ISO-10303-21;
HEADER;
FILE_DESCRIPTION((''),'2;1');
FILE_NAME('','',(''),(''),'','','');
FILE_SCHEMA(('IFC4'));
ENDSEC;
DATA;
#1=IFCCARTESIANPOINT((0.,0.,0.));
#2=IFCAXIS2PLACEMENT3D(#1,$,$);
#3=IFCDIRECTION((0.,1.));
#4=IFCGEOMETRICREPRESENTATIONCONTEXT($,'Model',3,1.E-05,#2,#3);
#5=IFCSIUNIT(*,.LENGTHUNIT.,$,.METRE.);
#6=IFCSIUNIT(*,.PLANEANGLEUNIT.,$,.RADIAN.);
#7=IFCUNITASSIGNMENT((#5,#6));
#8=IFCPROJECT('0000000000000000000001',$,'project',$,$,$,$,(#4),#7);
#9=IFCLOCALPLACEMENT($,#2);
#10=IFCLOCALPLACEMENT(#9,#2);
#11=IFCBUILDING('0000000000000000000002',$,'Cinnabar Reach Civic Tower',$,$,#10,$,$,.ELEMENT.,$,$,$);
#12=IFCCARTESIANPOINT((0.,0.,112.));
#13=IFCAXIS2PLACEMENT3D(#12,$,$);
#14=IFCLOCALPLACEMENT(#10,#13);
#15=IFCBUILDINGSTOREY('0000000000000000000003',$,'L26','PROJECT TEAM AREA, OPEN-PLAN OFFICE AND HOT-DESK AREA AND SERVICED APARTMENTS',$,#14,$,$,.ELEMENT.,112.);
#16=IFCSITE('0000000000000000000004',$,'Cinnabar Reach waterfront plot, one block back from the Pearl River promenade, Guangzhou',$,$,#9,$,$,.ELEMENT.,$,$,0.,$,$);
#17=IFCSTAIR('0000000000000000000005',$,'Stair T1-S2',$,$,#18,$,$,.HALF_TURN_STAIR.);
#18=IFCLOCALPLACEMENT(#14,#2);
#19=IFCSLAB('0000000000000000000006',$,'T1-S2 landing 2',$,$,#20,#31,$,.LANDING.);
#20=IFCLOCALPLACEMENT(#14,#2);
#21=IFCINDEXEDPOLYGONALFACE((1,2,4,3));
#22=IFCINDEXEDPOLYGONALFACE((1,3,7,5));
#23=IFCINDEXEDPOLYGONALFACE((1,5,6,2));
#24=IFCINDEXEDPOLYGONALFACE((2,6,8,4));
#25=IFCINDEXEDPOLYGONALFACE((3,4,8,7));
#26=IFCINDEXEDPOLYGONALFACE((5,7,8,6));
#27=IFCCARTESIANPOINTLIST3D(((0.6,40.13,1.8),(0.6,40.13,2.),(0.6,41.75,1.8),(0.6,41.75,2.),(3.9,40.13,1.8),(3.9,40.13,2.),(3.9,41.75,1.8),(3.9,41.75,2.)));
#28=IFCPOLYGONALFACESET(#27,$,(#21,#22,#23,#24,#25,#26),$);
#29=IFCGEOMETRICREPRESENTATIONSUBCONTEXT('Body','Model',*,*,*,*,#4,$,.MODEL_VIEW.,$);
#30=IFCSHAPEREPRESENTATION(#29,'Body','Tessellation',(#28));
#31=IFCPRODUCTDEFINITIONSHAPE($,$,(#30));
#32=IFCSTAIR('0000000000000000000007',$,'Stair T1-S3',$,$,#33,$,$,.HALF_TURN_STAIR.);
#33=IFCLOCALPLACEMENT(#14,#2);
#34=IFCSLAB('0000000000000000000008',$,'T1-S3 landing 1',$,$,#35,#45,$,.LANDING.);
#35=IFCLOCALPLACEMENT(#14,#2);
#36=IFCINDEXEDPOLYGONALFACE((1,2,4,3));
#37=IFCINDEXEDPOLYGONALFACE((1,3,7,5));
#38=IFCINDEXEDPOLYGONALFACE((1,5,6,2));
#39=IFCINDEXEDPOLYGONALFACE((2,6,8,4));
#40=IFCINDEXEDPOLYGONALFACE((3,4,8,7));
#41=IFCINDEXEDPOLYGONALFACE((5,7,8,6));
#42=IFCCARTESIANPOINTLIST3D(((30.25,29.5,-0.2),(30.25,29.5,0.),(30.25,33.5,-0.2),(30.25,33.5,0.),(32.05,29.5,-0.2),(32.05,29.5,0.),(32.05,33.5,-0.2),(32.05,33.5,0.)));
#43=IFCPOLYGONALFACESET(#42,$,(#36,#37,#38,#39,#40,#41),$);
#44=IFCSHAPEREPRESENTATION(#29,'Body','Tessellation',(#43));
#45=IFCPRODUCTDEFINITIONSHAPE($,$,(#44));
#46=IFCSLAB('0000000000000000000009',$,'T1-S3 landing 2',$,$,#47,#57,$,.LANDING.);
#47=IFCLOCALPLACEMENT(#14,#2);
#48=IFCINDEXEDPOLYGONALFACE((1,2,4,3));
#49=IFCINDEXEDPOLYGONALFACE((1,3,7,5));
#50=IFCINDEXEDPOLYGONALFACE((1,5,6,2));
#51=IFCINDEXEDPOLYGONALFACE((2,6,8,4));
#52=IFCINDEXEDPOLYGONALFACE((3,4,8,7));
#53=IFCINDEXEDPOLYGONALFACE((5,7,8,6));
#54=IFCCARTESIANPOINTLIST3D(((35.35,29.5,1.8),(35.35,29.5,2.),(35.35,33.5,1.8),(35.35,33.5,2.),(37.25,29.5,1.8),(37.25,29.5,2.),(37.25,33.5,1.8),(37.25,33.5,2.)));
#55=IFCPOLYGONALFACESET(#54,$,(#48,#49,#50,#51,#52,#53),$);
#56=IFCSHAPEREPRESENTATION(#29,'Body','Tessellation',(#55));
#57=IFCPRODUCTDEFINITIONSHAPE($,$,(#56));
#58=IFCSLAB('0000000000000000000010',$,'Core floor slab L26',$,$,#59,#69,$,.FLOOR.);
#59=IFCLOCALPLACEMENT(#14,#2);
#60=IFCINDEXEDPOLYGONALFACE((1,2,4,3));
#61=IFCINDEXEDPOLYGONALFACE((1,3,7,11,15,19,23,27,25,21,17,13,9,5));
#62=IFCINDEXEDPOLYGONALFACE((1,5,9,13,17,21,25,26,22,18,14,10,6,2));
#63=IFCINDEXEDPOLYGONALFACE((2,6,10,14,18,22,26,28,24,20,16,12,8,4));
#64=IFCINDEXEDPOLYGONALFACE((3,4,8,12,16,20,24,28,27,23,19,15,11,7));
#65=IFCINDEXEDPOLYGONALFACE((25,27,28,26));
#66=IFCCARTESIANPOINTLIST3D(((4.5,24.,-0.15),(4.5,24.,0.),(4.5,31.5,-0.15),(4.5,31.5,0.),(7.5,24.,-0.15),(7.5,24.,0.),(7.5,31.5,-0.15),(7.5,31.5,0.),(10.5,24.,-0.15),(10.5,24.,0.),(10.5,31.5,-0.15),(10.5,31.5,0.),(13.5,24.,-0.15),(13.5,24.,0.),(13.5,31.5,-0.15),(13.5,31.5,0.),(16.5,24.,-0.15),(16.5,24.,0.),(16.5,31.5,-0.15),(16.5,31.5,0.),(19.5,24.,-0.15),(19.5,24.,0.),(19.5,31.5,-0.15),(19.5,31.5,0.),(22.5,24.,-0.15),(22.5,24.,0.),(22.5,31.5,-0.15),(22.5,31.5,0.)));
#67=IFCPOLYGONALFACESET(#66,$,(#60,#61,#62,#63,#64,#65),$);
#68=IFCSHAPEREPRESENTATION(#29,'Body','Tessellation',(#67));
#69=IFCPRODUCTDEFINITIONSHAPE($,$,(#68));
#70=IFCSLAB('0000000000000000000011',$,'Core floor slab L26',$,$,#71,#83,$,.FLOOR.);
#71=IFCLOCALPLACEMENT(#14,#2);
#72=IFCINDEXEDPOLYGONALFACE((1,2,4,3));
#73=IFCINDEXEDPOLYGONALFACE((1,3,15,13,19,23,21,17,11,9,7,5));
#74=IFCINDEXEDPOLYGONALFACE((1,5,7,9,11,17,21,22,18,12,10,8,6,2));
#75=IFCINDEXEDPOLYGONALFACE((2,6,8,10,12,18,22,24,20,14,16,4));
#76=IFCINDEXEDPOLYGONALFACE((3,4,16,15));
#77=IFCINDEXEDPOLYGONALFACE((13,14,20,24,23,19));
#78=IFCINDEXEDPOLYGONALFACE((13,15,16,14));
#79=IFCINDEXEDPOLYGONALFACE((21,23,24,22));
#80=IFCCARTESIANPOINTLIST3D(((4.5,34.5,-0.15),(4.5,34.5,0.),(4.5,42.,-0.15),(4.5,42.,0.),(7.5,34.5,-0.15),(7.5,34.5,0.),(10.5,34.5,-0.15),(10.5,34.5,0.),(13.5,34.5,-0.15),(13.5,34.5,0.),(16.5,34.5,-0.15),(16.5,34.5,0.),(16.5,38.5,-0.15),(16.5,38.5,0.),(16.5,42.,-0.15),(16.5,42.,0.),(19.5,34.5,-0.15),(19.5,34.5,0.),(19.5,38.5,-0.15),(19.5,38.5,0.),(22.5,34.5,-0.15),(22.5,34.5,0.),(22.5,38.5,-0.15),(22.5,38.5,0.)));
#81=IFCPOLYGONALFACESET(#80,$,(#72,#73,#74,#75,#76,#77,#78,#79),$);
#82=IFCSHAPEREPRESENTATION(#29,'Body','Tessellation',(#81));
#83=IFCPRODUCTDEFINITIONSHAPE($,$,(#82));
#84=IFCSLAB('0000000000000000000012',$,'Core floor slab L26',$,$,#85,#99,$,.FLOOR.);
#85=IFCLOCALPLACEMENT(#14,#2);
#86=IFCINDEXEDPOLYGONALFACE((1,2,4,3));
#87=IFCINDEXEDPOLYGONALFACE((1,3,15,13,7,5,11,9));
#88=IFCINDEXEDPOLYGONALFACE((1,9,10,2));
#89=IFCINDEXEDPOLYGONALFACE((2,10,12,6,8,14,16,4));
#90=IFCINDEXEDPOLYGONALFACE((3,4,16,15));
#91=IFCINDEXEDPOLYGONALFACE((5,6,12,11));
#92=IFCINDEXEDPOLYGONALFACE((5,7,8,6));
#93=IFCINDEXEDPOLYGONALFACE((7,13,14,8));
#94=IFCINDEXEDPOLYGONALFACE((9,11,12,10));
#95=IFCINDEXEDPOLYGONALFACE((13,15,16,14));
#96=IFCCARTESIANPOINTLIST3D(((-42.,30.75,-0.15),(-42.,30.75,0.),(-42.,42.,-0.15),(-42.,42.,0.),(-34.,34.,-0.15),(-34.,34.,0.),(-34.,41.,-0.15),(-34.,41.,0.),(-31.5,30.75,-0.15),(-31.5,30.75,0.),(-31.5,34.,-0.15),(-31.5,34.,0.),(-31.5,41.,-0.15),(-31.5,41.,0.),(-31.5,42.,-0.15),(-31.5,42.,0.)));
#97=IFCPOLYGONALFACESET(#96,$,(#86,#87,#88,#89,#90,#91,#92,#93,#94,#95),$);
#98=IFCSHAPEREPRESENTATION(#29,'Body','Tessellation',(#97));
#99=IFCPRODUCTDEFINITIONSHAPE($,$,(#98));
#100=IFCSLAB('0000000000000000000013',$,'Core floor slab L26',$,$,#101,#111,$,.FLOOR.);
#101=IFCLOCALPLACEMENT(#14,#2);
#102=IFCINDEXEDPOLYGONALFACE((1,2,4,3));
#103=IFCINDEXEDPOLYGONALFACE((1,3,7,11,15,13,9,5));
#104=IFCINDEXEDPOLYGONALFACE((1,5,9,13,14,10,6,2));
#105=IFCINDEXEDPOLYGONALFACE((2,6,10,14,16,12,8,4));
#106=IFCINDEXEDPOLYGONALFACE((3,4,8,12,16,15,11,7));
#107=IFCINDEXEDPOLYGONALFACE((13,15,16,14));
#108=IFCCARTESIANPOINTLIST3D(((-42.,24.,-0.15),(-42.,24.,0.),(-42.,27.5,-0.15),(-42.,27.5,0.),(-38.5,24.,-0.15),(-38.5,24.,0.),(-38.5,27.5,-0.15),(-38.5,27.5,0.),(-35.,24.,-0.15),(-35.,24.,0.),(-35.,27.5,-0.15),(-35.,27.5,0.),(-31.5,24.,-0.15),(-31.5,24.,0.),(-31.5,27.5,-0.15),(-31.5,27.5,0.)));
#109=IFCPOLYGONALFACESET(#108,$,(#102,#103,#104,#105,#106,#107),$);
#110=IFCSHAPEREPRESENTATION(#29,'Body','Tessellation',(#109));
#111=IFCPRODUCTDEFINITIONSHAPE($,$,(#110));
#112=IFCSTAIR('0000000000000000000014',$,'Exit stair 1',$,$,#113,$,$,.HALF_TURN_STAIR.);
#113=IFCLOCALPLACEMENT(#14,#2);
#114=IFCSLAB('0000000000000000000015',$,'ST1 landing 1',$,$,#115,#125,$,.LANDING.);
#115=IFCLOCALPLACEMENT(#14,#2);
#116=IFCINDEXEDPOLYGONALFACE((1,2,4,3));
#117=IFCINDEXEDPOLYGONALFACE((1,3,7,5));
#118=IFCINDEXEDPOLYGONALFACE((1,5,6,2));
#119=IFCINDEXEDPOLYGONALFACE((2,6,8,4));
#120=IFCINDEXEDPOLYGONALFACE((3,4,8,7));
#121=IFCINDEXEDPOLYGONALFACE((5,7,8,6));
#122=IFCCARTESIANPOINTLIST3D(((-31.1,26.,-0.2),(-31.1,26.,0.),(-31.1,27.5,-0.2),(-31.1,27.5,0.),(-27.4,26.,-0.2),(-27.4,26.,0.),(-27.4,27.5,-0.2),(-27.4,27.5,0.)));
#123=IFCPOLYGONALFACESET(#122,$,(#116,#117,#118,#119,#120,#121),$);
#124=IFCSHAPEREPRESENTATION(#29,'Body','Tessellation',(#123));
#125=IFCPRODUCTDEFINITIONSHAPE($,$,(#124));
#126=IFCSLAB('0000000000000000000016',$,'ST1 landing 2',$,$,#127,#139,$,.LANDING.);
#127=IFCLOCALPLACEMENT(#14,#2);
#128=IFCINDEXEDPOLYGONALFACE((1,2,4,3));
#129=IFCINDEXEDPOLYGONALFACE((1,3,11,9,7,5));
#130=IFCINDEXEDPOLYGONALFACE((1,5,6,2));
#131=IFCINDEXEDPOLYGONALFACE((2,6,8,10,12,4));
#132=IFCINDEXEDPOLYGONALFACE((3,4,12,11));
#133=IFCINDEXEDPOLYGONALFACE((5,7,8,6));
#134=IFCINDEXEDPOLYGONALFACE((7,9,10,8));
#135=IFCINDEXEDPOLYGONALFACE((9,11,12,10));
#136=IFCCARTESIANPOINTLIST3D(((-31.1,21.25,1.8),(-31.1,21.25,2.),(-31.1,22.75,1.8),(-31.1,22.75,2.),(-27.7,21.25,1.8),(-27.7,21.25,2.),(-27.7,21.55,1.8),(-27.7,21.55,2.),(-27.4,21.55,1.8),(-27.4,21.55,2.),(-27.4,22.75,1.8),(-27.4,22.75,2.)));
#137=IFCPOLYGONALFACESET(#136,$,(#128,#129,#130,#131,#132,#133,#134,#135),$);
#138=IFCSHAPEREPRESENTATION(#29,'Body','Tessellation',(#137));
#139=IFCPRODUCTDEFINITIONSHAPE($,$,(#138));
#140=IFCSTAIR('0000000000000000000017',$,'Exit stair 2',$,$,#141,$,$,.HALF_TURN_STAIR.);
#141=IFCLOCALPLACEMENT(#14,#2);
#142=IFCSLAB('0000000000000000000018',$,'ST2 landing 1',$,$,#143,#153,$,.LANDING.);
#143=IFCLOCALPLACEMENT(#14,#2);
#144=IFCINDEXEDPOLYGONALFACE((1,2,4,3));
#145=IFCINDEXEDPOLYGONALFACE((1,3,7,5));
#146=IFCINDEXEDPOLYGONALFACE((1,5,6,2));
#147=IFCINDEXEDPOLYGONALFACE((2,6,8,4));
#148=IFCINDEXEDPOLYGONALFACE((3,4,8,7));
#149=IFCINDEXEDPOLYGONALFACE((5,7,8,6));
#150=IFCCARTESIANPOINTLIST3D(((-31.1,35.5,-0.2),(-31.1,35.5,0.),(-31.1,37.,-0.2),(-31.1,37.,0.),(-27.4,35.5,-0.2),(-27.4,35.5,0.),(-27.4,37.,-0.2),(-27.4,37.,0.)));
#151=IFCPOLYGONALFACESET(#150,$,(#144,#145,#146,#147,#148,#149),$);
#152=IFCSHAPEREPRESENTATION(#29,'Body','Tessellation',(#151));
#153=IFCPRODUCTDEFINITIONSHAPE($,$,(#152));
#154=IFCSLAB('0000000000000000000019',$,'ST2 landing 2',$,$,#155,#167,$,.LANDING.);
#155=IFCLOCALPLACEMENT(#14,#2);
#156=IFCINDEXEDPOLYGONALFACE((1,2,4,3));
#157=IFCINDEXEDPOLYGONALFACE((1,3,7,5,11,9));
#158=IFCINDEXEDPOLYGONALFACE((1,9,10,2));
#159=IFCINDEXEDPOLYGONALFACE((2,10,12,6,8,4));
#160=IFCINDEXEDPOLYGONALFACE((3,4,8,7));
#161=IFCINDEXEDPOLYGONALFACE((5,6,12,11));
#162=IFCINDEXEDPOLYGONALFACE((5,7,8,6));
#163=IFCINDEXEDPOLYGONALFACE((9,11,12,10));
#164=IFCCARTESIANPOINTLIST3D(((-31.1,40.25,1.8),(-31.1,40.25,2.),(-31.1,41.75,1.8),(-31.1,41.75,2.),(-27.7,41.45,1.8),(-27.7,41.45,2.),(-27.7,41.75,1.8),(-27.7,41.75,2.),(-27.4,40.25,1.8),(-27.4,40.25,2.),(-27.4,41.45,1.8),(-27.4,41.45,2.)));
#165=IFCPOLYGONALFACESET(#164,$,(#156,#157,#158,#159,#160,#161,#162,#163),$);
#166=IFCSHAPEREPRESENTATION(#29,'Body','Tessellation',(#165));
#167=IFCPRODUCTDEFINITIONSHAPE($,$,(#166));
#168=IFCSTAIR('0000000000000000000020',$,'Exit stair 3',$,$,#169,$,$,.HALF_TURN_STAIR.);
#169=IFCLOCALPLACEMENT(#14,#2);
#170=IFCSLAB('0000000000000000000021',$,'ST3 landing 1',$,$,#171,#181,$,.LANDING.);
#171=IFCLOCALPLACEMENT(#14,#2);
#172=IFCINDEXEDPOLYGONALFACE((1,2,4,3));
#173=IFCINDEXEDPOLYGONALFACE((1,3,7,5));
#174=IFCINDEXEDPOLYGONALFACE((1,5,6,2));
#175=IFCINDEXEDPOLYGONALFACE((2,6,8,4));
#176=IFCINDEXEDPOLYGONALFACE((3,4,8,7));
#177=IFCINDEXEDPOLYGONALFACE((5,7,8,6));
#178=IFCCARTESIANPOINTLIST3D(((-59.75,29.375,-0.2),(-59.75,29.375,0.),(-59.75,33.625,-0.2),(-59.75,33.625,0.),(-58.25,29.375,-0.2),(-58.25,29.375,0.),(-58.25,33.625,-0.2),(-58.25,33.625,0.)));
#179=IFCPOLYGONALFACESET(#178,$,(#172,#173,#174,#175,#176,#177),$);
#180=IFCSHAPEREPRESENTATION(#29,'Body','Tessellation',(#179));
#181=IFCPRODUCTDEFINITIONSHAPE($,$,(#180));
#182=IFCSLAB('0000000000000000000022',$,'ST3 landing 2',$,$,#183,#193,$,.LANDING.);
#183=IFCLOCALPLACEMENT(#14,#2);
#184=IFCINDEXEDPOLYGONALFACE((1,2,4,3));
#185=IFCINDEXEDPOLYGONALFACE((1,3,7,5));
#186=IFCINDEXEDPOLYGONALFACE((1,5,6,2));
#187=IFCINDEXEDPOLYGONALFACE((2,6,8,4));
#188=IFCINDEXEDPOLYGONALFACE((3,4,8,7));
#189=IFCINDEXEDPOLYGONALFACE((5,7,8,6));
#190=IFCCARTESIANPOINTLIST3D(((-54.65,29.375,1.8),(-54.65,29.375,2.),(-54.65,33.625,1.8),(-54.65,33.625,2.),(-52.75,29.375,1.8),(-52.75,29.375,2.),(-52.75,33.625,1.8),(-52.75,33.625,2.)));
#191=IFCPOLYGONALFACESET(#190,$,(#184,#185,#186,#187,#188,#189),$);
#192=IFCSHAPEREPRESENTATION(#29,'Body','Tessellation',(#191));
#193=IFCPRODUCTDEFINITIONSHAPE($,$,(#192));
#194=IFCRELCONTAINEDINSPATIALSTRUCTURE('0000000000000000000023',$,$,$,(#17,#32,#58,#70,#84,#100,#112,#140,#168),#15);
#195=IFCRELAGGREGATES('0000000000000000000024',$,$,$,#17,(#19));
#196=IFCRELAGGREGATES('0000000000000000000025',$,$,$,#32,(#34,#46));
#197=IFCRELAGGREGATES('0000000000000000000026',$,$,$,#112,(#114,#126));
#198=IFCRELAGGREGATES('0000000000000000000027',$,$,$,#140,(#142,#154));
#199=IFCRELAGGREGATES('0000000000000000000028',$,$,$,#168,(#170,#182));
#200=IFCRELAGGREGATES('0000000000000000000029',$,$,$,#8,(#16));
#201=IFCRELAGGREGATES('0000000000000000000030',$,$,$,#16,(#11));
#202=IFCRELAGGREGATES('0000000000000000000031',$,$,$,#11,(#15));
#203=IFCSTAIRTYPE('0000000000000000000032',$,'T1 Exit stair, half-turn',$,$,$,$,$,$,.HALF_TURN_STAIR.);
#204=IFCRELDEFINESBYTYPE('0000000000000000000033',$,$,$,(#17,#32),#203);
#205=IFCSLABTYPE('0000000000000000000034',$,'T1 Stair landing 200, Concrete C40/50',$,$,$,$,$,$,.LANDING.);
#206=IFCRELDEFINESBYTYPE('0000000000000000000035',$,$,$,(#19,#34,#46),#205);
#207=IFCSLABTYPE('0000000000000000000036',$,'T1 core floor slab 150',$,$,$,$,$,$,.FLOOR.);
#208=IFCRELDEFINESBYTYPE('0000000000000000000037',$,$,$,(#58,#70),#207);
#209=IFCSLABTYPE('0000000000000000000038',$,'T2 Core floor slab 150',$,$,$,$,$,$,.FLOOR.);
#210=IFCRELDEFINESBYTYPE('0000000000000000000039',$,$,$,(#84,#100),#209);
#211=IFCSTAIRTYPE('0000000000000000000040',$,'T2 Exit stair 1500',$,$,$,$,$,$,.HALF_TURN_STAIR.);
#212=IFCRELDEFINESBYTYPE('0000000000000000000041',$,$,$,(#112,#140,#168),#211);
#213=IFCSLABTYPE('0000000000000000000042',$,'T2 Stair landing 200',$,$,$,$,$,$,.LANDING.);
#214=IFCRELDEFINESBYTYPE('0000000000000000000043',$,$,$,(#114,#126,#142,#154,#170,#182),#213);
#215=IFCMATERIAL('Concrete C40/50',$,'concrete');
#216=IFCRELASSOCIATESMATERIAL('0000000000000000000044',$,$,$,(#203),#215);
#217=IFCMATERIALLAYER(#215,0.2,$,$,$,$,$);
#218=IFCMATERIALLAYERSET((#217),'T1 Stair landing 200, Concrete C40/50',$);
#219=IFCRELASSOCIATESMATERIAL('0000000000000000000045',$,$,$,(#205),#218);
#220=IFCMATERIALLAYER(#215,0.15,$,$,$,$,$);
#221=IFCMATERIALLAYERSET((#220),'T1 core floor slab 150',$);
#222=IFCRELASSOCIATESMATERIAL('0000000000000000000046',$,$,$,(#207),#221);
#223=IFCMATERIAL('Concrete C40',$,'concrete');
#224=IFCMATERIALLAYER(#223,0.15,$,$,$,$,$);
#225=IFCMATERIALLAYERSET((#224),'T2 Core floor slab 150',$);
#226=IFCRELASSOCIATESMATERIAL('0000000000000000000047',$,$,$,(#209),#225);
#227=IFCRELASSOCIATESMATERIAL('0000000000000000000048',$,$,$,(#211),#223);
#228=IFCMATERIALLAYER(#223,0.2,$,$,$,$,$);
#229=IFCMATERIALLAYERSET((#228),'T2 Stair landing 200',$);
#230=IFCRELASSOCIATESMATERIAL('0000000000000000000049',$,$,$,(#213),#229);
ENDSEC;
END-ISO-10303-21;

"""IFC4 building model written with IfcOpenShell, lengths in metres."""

from ifc_helpers import new_model, si_unit, direction, frame, origin, place, context, subcontext, project, spatial, polyline, outline, extrude, material, layer, layer_set, type_object, element, aggregate, save


model = new_model("IFC4")

# Units and contexts
model_context = context("Model", 3, precision=1e-05, world=origin(), true_north=direction((0.0, 1.0)))
body_context = subcontext(model_context, "Body", "Model", "MODEL_VIEW")
ifc_project = project(units=[si_unit("LENGTHUNIT", "METRE"), si_unit("PLANEANGLEUNIT", "RADIAN")], contexts=[model_context])

# Site, building, storey
site_placement = place(None, origin())
site = spatial("IfcSite", under=ifc_project, at=site_placement, Name="Cinnabar Reach waterfront plot, one block back from the Pearl River promenade, Guangzhou", CompositionType="ELEMENT", RefElevation=0.0)
building_placement = place(site_placement, origin())
building = spatial("IfcBuilding", under=site, at=building_placement, Name="Cinnabar Reach Civic Tower", CompositionType="ELEMENT")
storey_placement = place(building_placement, frame((0.0, 0.0, 112.0)))
storey = spatial("IfcBuildingStorey", under=building, at=storey_placement, Name="L26", Description="PROJECT TEAM AREA, OPEN-PLAN OFFICE AND HOT-DESK AREA AND SERVICED APARTMENTS", CompositionType="ELEMENT", Elevation=112.0)

# Shared definitions
ifc_material_1 = material(Name="Concrete C40", Category="concrete")

# Stairs, slabs
ifc_material_2 = material(Name="Concrete C40/50", Category="concrete")
stair_type_1 = type_object("IfcStairType", Name="T1 Exit stair, half-turn", PredefinedType="HALF_TURN_STAIR", material=ifc_material_2)
ifc_layer_1 = layer(ifc_material_2, 0.2)
ifc_layer_set_1 = layer_set([ifc_layer_1], Name="T1 Stair landing 200, Concrete C40/50")
slab_type_1 = type_object("IfcSlabType", Name="T1 Stair landing 200, Concrete C40/50", PredefinedType="LANDING", material=ifc_layer_set_1)
stair_1_placement = place(storey_placement, origin())
stair_1 = element("IfcStair", 1, at=stair_1_placement, inside=storey, type_object=stair_type_1, Name="Stair T1-S2", PredefinedType="HALF_TURN_STAIR")
slab_1_placement = place(storey_placement, frame((0.0, 0.0, 1.8)))
slab_1 = element("IfcSlab", 2, at=slab_1_placement, type_object=slab_type_1, Name="T1-S2 landing 2", PredefinedType="LANDING", context=body_context, shape_type="SweptSolid", body=[
    extrude(outline(polyline([(0.6, 40.13), (0.6, 41.75), (3.9, 41.75), (3.9, 40.13), (0.6, 40.13)])), origin(), (0.0, 0.0, 1.0), 0.2),
])
aggregate(stair_1, [slab_1])
stair_2_placement = place(storey_placement, origin())
stair_2 = element("IfcStair", 3, at=stair_2_placement, inside=storey, type_object=stair_type_1, Name="Stair T1-S3", PredefinedType="HALF_TURN_STAIR")
slab_2_placement = place(storey_placement, frame((0.0, 0.0, -0.2)))
slab_2 = element("IfcSlab", 4, at=slab_2_placement, type_object=slab_type_1, Name="T1-S3 landing 1", PredefinedType="LANDING", context=body_context, shape_type="SweptSolid", body=[
    extrude(outline(polyline([(30.25, 29.5), (32.05, 29.5), (32.05, 33.5), (30.25, 33.5), (30.25, 29.5)])), origin(), (0.0, 0.0, 1.0), 0.2),
])
slab_3_placement = place(storey_placement, frame((0.0, 0.0, 1.8)))
slab_3 = element("IfcSlab", 5, at=slab_3_placement, type_object=slab_type_1, Name="T1-S3 landing 2", PredefinedType="LANDING", context=body_context, shape_type="SweptSolid", body=[
    extrude(outline(polyline([(35.35, 29.5), (37.25, 29.5), (37.25, 33.5), (35.35, 33.5), (35.35, 29.5)])), origin(), (0.0, 0.0, 1.0), 0.2),
])
aggregate(stair_2, [slab_2, slab_3])

# Slabs
ifc_layer_2 = layer(ifc_material_2, 0.15)
ifc_layer_set_2 = layer_set([ifc_layer_2], Name="T1 core floor slab 150")
slab_type_2 = type_object("IfcSlabType", Name="T1 core floor slab 150", PredefinedType="FLOOR", material=ifc_layer_set_2)
slab_4_placement = place(storey_placement, frame((0.0, 0.0, -0.15)))
element("IfcSlab", 6, at=slab_4_placement, inside=storey, type_object=slab_type_2, Name="Core floor slab L26", PredefinedType="FLOOR", context=body_context, shape_type="SweptSolid", body=[
    extrude(outline(polyline([(22.5, 24.0), (19.5, 24.0), (16.5, 24.0), (13.5, 24.0), (10.5, 24.0), (7.5, 24.0), (4.5, 24.0), (4.5, 31.5), (7.5, 31.5), (10.5, 31.5), (13.5, 31.5), (16.5, 31.5), (19.5, 31.5), (22.5, 31.5), (22.5, 24.0)])), origin(), (0.0, 0.0, 1.0), 0.15),
])
slab_5_placement = place(storey_placement, frame((0.0, 0.0, -0.15)))
element("IfcSlab", 7, at=slab_5_placement, inside=storey, type_object=slab_type_2, Name="Core floor slab L26", PredefinedType="FLOOR", context=body_context, shape_type="SweptSolid", body=[
    extrude(outline(polyline([(22.5, 34.5), (19.5, 34.5), (16.5, 34.5), (13.5, 34.5), (10.5, 34.5), (7.5, 34.5), (4.5, 34.5), (4.5, 42.0), (16.5, 42.0), (16.5, 38.5), (19.5, 38.5), (22.5, 38.5), (22.5, 34.5)])), origin(), (0.0, 0.0, 1.0), 0.15),
])
ifc_layer_3 = layer(ifc_material_1, 0.15)
ifc_layer_set_3 = layer_set([ifc_layer_3], Name="T2 Core floor slab 150")
slab_type_3 = type_object("IfcSlabType", Name="T2 Core floor slab 150", PredefinedType="FLOOR", material=ifc_layer_set_3)
slab_6_placement = place(storey_placement, frame((0.0, 0.0, -0.15)))
element("IfcSlab", 8, at=slab_6_placement, inside=storey, type_object=slab_type_3, Name="Core floor slab L26", PredefinedType="FLOOR", context=body_context, shape_type="SweptSolid", body=[
    extrude(outline(polyline([(-42.0, 42.0), (-31.5, 42.0), (-31.5, 41.0), (-34.0, 41.0), (-34.0, 34.0), (-31.5, 34.0), (-31.5, 30.75), (-42.0, 30.75), (-42.0, 42.0)])), origin(), (0.0, 0.0, 1.0), 0.15),
])
slab_7_placement = place(storey_placement, frame((0.0, 0.0, -0.15)))
element("IfcSlab", 9, at=slab_7_placement, inside=storey, type_object=slab_type_3, Name="Core floor slab L26", PredefinedType="FLOOR", context=body_context, shape_type="SweptSolid", body=[
    extrude(outline(polyline([(-35.0, 24.0), (-38.5, 24.0), (-42.0, 24.0), (-42.0, 27.5), (-38.5, 27.5), (-35.0, 27.5), (-31.5, 27.5), (-31.5, 24.0), (-35.0, 24.0)])), origin(), (0.0, 0.0, 1.0), 0.15),
])

# Stairs, slabs
stair_type_2 = type_object("IfcStairType", Name="T2 Exit stair 1500", PredefinedType="HALF_TURN_STAIR", material=ifc_material_1)
stair_3_placement = place(storey_placement, origin())
stair_3 = element("IfcStair", 10, at=stair_3_placement, inside=storey, type_object=stair_type_2, Name="Exit stair 1", PredefinedType="HALF_TURN_STAIR")
ifc_layer_4 = layer(ifc_material_1, 0.2)
ifc_layer_set_4 = layer_set([ifc_layer_4], Name="T2 Stair landing 200")
slab_type_4 = type_object("IfcSlabType", Name="T2 Stair landing 200", PredefinedType="LANDING", material=ifc_layer_set_4)
slab_8_placement = place(storey_placement, frame((0.0, 0.0, -0.2)))
slab_8 = element("IfcSlab", 11, at=slab_8_placement, type_object=slab_type_4, Name="ST1 landing 1", PredefinedType="LANDING", context=body_context, shape_type="SweptSolid", body=[
    extrude(outline(polyline([(-31.1, 26.0), (-31.1, 27.5), (-27.4, 27.5), (-27.4, 26.0), (-31.1, 26.0)])), origin(), (0.0, 0.0, 1.0), 0.2),
])
slab_9_placement = place(storey_placement, frame((0.0, 0.0, 1.8)))
slab_9 = element("IfcSlab", 12, at=slab_9_placement, type_object=slab_type_4, Name="ST1 landing 2", PredefinedType="LANDING", context=body_context, shape_type="SweptSolid", body=[
    extrude(outline(polyline([(-31.1, 21.25), (-31.1, 22.75), (-27.4, 22.75), (-27.4, 21.55), (-27.7, 21.55), (-27.7, 21.25), (-31.1, 21.25)])), origin(), (0.0, 0.0, 1.0), 0.2),
])
aggregate(stair_3, [slab_8, slab_9])
stair_4_placement = place(storey_placement, origin())
stair_4 = element("IfcStair", 13, at=stair_4_placement, inside=storey, type_object=stair_type_2, Name="Exit stair 2", PredefinedType="HALF_TURN_STAIR")
slab_10_placement = place(storey_placement, frame((0.0, 0.0, -0.2)))
slab_10 = element("IfcSlab", 14, at=slab_10_placement, type_object=slab_type_4, Name="ST2 landing 1", PredefinedType="LANDING", context=body_context, shape_type="SweptSolid", body=[
    extrude(outline(polyline([(-31.1, 35.5), (-31.1, 37.0), (-27.4, 37.0), (-27.4, 35.5), (-31.1, 35.5)])), origin(), (0.0, 0.0, 1.0), 0.2),
])
slab_11_placement = place(storey_placement, frame((0.0, 0.0, 1.8)))
slab_11 = element("IfcSlab", 15, at=slab_11_placement, type_object=slab_type_4, Name="ST2 landing 2", PredefinedType="LANDING", context=body_context, shape_type="SweptSolid", body=[
    extrude(outline(polyline([(-27.4, 40.25), (-31.1, 40.25), (-31.1, 41.75), (-27.7, 41.75), (-27.7, 41.45), (-27.4, 41.45), (-27.4, 40.25)])), origin(), (0.0, 0.0, 1.0), 0.2),
])
aggregate(stair_4, [slab_10, slab_11])
stair_5_placement = place(storey_placement, origin())
stair_5 = element("IfcStair", 16, at=stair_5_placement, inside=storey, type_object=stair_type_2, Name="Exit stair 3", PredefinedType="HALF_TURN_STAIR")
slab_12_placement = place(storey_placement, frame((0.0, 0.0, -0.2)))
slab_12 = element("IfcSlab", 17, at=slab_12_placement, type_object=slab_type_4, Name="ST3 landing 1", PredefinedType="LANDING", context=body_context, shape_type="SweptSolid", body=[
    extrude(outline(polyline([(-59.75, 29.375), (-59.75, 33.625), (-58.25, 33.625), (-58.25, 29.375), (-59.75, 29.375)])), origin(), (0.0, 0.0, 1.0), 0.2),
])
slab_13_placement = place(storey_placement, frame((0.0, 0.0, 1.8)))
slab_13 = element("IfcSlab", 18, at=slab_13_placement, type_object=slab_type_4, Name="ST3 landing 2", PredefinedType="LANDING", context=body_context, shape_type="SweptSolid", body=[
    extrude(outline(polyline([(-54.65, 29.375), (-54.65, 33.625), (-52.75, 33.625), (-52.75, 29.375), (-54.65, 29.375)])), origin(), (0.0, 0.0, 1.0), 0.2),
])
aggregate(stair_5, [slab_12, slab_13])

save(model, "model.ifc")
